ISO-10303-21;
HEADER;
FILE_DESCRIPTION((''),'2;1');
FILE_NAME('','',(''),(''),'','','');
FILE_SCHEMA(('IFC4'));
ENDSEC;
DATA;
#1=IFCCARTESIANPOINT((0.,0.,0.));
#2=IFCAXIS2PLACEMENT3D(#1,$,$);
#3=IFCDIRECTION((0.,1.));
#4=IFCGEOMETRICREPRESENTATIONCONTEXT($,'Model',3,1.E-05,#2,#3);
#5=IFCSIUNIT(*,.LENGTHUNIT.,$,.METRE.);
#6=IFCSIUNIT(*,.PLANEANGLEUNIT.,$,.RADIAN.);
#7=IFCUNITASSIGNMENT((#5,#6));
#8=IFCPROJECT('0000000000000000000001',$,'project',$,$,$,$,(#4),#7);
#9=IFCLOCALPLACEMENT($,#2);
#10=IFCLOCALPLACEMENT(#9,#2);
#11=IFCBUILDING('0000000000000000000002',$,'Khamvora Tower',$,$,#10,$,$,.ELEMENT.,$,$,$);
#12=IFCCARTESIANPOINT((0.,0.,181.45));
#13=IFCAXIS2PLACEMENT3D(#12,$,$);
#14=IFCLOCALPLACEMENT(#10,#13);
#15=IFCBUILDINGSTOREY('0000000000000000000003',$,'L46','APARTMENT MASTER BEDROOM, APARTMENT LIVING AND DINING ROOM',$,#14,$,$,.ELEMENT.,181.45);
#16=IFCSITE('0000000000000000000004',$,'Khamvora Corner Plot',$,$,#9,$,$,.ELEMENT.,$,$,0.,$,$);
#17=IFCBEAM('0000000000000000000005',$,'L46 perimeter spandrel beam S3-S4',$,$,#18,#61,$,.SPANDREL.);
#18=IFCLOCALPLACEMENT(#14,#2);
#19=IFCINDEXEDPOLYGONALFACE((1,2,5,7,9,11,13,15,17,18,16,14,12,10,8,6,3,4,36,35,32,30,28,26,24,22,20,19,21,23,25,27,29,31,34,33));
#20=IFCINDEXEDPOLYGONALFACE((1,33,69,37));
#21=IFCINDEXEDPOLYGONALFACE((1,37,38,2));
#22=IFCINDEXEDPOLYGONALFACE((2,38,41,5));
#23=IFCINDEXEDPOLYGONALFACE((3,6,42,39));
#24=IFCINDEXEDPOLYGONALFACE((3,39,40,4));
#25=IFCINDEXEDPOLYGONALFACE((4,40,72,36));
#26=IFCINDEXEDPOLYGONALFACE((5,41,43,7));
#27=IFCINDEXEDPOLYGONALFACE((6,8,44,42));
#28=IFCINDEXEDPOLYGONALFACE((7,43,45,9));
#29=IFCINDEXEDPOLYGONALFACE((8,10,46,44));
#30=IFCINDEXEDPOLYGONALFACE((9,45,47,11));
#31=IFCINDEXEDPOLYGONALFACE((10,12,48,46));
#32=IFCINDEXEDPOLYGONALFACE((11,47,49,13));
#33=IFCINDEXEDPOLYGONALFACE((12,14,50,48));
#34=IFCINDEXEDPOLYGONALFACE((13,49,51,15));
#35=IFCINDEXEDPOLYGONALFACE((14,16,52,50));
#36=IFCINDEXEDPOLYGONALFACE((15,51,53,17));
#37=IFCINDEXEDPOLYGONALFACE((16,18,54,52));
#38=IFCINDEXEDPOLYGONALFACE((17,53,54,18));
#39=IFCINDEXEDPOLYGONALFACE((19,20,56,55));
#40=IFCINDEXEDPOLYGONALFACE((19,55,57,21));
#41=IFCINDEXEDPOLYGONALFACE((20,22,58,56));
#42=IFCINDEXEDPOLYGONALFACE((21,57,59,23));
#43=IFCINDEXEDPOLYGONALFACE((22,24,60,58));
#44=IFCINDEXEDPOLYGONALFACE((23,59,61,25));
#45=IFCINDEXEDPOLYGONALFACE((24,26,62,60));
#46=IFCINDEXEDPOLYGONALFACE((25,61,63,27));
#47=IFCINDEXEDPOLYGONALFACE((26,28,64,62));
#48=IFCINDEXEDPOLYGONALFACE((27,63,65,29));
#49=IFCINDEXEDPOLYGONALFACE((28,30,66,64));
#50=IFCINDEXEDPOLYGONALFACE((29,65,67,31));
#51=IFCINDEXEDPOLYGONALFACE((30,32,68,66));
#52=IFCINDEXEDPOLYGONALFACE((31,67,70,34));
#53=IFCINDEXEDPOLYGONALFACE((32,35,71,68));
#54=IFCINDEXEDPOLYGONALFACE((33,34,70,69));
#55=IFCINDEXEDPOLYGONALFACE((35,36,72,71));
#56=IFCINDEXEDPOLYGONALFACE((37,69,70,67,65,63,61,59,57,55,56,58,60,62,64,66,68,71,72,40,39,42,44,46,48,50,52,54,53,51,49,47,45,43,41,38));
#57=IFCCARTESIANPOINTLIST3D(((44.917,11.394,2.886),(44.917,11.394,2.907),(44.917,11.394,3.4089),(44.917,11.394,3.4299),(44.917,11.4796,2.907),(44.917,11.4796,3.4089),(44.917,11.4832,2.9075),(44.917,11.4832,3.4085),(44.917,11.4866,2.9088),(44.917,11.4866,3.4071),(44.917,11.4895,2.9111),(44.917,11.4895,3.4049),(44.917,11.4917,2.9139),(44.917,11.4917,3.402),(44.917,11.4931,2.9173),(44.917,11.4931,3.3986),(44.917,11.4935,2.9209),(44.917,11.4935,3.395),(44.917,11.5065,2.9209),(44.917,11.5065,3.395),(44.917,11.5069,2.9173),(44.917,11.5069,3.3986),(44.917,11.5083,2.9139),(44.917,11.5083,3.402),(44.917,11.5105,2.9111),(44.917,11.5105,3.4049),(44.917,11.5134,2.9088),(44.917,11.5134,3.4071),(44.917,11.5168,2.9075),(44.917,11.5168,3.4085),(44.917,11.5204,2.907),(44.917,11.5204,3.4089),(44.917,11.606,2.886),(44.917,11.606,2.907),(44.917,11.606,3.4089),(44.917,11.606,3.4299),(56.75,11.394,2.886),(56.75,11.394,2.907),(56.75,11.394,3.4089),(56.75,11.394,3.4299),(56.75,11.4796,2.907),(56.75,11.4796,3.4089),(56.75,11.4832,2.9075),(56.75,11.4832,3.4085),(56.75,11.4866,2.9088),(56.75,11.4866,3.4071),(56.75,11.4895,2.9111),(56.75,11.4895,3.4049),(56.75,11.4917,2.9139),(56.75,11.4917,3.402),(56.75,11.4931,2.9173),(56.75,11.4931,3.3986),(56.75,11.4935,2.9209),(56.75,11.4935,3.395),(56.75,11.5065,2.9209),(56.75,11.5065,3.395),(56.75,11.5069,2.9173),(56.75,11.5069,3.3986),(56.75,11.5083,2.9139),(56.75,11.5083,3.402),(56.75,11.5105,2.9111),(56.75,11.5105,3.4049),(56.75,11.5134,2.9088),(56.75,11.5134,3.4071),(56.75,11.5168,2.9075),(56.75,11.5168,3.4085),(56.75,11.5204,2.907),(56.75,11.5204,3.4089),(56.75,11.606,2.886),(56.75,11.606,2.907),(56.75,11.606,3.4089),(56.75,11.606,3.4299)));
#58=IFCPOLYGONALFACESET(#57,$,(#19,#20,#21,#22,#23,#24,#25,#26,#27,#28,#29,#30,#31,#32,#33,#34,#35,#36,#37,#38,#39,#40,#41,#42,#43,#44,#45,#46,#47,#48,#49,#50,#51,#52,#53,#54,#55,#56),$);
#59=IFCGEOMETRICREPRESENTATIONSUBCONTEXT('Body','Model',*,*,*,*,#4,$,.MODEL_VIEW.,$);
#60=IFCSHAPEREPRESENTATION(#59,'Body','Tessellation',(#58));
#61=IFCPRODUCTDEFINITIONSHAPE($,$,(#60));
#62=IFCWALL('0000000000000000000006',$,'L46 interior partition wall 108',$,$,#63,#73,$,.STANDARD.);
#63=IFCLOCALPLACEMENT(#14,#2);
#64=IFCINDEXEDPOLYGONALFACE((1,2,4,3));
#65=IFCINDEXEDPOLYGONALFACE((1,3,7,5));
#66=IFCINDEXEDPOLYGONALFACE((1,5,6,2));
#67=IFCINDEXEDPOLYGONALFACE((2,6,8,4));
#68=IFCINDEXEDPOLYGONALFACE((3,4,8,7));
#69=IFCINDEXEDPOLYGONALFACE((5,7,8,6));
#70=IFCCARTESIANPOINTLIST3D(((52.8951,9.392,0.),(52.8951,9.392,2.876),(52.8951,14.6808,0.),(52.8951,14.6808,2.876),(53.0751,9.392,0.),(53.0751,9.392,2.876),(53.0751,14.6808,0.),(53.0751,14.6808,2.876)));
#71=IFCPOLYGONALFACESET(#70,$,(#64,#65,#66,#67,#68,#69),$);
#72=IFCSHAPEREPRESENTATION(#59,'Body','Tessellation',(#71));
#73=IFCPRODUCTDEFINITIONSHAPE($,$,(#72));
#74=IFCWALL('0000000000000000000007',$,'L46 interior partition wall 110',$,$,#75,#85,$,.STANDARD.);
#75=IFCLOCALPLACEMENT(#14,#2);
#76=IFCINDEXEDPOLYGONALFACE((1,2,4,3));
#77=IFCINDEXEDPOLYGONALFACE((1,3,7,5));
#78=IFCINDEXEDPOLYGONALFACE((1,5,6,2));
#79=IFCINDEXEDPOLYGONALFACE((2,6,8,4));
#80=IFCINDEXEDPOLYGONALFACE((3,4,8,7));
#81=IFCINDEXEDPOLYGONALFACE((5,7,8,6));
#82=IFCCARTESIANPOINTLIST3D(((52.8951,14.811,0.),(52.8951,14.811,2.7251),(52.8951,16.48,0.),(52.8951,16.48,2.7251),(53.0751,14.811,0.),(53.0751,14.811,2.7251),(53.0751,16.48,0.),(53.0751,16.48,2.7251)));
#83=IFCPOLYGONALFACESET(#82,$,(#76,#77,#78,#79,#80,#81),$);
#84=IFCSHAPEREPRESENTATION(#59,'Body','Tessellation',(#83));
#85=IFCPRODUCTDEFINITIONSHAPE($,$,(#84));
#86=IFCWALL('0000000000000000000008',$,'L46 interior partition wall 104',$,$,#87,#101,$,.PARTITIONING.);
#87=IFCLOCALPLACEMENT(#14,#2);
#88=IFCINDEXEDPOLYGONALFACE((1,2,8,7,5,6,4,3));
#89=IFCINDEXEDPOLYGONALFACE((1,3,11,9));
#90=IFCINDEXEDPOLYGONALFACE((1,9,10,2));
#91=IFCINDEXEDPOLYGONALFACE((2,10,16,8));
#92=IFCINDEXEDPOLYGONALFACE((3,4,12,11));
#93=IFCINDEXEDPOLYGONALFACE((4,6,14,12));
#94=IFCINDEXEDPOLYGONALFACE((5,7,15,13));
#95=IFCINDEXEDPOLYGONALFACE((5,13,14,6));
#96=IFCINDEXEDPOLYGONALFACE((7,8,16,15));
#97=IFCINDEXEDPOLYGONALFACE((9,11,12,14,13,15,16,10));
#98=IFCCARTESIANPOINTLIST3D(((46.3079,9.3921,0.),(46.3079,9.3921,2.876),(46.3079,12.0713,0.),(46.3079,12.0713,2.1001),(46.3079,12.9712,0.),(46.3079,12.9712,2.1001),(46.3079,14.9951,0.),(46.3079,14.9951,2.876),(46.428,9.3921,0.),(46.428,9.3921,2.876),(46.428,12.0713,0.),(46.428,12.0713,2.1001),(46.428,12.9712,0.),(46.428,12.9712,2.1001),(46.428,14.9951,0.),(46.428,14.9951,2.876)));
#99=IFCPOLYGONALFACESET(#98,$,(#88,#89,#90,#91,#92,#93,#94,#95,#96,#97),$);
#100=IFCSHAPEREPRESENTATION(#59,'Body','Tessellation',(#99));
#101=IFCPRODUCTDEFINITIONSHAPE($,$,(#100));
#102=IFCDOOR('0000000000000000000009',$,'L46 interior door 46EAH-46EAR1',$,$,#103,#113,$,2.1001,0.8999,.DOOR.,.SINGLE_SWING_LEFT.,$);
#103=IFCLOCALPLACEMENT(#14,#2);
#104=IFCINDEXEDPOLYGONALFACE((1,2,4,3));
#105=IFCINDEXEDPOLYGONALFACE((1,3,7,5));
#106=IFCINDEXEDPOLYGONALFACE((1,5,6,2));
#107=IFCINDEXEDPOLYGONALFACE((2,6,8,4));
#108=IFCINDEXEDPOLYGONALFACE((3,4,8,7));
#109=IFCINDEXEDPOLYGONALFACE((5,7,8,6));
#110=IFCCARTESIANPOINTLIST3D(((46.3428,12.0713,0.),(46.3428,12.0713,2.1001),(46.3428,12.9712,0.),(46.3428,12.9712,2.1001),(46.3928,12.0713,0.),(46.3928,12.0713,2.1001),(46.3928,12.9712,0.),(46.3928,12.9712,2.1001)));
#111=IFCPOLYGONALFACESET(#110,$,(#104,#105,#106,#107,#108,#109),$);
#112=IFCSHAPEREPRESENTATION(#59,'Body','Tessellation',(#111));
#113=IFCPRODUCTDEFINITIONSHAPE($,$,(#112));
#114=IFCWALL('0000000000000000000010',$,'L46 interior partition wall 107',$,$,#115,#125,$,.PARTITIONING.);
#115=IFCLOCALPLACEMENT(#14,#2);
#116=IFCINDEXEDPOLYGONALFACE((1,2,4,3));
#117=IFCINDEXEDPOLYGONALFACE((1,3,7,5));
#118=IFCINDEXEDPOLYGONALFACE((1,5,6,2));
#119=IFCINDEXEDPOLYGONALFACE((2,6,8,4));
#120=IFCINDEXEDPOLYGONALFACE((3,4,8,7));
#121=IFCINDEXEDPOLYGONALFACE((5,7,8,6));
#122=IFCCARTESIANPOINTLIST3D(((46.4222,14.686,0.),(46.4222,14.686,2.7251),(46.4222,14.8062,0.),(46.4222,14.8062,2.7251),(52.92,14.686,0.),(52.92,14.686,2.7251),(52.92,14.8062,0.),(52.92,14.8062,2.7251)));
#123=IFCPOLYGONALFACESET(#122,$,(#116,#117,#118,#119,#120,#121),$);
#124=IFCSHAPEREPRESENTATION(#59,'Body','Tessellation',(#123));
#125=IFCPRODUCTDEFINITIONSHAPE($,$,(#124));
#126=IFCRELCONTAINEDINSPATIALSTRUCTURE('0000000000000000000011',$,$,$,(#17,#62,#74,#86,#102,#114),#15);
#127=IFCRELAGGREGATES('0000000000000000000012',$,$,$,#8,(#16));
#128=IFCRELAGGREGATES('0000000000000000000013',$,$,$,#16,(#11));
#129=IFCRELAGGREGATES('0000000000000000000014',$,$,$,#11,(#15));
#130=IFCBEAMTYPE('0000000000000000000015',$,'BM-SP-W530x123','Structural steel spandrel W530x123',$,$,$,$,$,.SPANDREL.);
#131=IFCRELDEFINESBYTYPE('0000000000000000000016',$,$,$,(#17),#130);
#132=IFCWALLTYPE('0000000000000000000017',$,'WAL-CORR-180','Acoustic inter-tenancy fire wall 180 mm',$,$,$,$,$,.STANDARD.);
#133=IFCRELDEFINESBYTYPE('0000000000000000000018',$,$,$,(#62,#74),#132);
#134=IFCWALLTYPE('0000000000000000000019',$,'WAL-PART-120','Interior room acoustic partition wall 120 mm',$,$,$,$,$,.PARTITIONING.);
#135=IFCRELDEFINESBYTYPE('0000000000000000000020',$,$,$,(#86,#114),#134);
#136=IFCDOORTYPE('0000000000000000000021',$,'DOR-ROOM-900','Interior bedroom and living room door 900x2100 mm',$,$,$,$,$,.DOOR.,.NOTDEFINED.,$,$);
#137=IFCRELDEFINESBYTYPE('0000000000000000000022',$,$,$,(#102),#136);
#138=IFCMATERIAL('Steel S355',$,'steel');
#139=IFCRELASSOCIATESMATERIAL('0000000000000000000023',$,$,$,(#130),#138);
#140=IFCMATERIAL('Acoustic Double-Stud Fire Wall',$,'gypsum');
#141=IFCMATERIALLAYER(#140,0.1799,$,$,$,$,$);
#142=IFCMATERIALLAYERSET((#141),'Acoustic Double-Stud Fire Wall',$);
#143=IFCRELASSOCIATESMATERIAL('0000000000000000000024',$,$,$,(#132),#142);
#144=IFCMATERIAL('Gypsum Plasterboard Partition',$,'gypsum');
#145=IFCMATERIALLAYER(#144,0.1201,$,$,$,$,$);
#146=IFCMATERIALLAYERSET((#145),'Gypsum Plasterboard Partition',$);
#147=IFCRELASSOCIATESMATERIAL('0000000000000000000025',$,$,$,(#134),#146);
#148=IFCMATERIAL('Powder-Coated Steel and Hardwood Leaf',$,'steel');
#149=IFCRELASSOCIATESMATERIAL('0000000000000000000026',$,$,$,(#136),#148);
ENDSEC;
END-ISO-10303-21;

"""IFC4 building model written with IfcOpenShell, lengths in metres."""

from ifc_helpers import new_model, si_unit, direction, frame, frame_2d, origin, origin_2d, place, context, subcontext, project, spatial, rectangle, i_section, extrude, material, layer, layer_set, material_profile, profile_set, type_object, element, fill, save


model = new_model("IFC4")

# Units and contexts
model_context = context("Model", 3, precision=1e-05, world=origin(), true_north=direction((0.0, 1.0)))
body_context = subcontext(model_context, "Body", "Model", "MODEL_VIEW")
ifc_project = project(units=[si_unit("LENGTHUNIT", "METRE"), si_unit("PLANEANGLEUNIT", "RADIAN")], contexts=[model_context])

# Site, building, storey
site_placement = place(None, origin())
site = spatial("IfcSite", under=ifc_project, at=site_placement, Name="Khamvora Corner Plot", CompositionType="ELEMENT", RefElevation=0.0)
building_placement = place(site_placement, origin())
building = spatial("IfcBuilding", under=site, at=building_placement, Name="Khamvora Tower", CompositionType="ELEMENT")
storey_placement = place(building_placement, frame((0.0, 0.0, 181.45)))
storey = spatial("IfcBuildingStorey", under=building, at=storey_placement, Name="L46", Description="APARTMENT MASTER BEDROOM, APARTMENT LIVING AND DINING ROOM", CompositionType="ELEMENT", Elevation=181.45)

# Shared definitions
ifc_material_1 = material(Name="Steel S355", Category="steel")

# Beam
ifc_material_profile_1 = material_profile(ifc_material_1, i_section(OverallWidth=0.2119, OverallDepth=0.5439, WebThickness=0.0129, FlangeThickness=0.021, FilletRadius=0.0139, at=origin_2d()), Name="W530x123")
ifc_profile_set_1 = profile_set([ifc_material_profile_1], Name="Steel S355")
beam_type_1 = type_object("IfcBeamType", Name="BM-SP-W530x123", Description="Structural steel spandrel W530x123", PredefinedType="SPANDREL", material=ifc_profile_set_1)
beam_1_placement = place(storey_placement, frame((44.917, 11.5, 3.158), z_axis=(1.0, 0.0, 0.0), x_axis=(0.0, 1.0, 0.0)))
element("IfcBeam", 1, at=beam_1_placement, inside=storey, type_object=beam_type_1, Name="L46 perimeter spandrel beam S3-S4", PredefinedType="SPANDREL", context=body_context, shape_type="SweptSolid", body=[
    extrude(i_section(OverallWidth=0.2119, OverallDepth=0.5439, WebThickness=0.0129, FlangeThickness=0.021, FilletRadius=0.0139, at=origin_2d()), origin(), (0.0, 0.0, 1.0), 11.833),
])

# Walls
ifc_material_2 = material(Name="Acoustic Double-Stud Fire Wall", Category="gypsum")
ifc_layer_1 = layer(ifc_material_2, 0.1799)
ifc_layer_set_1 = layer_set([ifc_layer_1], Name="Acoustic Double-Stud Fire Wall")
wall_type_1 = type_object("IfcWallType", Name="WAL-CORR-180", Description="Acoustic inter-tenancy fire wall 180 mm", PredefinedType="STANDARD", material=ifc_layer_set_1)
wall_1_placement = place(storey_placement, frame((52.9851, 14.6809, 0.0), z_axis=(0.0, 0.0, 1.0), x_axis=(0.0, -1.0, 0.0)))
element("IfcWall", 2, at=wall_1_placement, inside=storey, type_object=wall_type_1, Name="L46 interior partition wall 108", PredefinedType="STANDARD", context=body_context, shape_type="SweptSolid", body=[
    extrude(rectangle(XDim=5.2888, YDim=0.1799, at=frame_2d((2.6445, 0.0))), origin(), (0.0, 0.0, 1.0), 2.876),
])
wall_2_placement = place(storey_placement, frame((52.9851, 16.48, 0.0), z_axis=(0.0, 0.0, 1.0), x_axis=(0.0, -1.0, 0.0)))
element("IfcWall", 3, at=wall_2_placement, inside=storey, type_object=wall_type_1, Name="L46 interior partition wall 110", PredefinedType="STANDARD", context=body_context, shape_type="SweptSolid", body=[
    extrude(rectangle(XDim=1.6689, YDim=0.1799, at=frame_2d((0.8345, 0.0))), origin(), (0.0, 0.0, 1.0), 2.7251),
])

# Wall, opening, door
ifc_material_3 = material(Name="Gypsum Plasterboard Partition", Category="gypsum")
ifc_layer_2 = layer(ifc_material_3, 0.1201)
ifc_layer_set_2 = layer_set([ifc_layer_2], Name="Gypsum Plasterboard Partition")
wall_type_2 = type_object("IfcWallType", Name="WAL-PART-120", Description="Interior room acoustic partition wall 120 mm", PredefinedType="PARTITIONING", material=ifc_layer_set_2)
wall_3_placement = place(storey_placement, frame((46.3679, 14.9951, 0.0), z_axis=(0.0, 0.0, 1.0), x_axis=(0.0, -1.0, 0.0)))
wall_3 = element("IfcWall", 4, at=wall_3_placement, inside=storey, type_object=wall_type_2, Name="L46 interior partition wall 104", PredefinedType="PARTITIONING", context=body_context, shape_type="SweptSolid", body=[
    extrude(rectangle(XDim=5.603, YDim=0.1201, at=frame_2d((2.8015, 0.0))), origin(), (0.0, 0.0, 1.0), 2.876),
])
opening_placement = place(wall_3_placement, frame((2.0239, 0.0, 0.0)))
opening = element("IfcOpeningElement", 5, at=opening_placement, cuts=wall_3, PredefinedType="OPENING", context=body_context, shape_type="SweptSolid", body=[
    extrude(rectangle(XDim=0.8999, YDim=2.1001, at=frame_2d((0.45, 1.05))), frame((0.0, 0.0701, 0.0), z_axis=(0.0, -1.0, 0.0), x_axis=(1.0, 0.0, 0.0)), (0.0, 0.0, 1.0), 0.1401),
])
ifc_material_4 = material(Name="Powder-Coated Steel and Hardwood Leaf", Category="steel")
door_type = type_object("IfcDoorType", Name="DOR-ROOM-900", Description="Interior bedroom and living room door 900x2100 mm", OperationType="NOTDEFINED", PredefinedType="DOOR", material=ifc_material_4)
door_placement = place(opening_placement, origin())
door = element("IfcDoor", 6, at=door_placement, inside=storey, type_object=door_type, Name="L46 interior door 46EAH-46EAR1", OperationType="SINGLE_SWING_LEFT", OverallHeight=2.1001, OverallWidth=0.8999, PredefinedType="DOOR", context=body_context, shape_type="SweptSolid", body=[
    extrude(rectangle(XDim=0.8999, YDim=2.1001, at=frame_2d((0.45, 1.05))), frame((0.0, 0.0249, 0.0), z_axis=(0.0, -1.0, 0.0), x_axis=(1.0, 0.0, 0.0)), (0.0, 0.0, 1.0), 0.05),
])
fill(opening, door)

# Wall
wall_4_placement = place(storey_placement, frame((46.4221, 14.7461, 0.0), z_axis=(0.0, 0.0, 1.0), x_axis=(1.0, 0.0, 0.0)))
element("IfcWall", 7, at=wall_4_placement, inside=storey, type_object=wall_type_2, Name="L46 interior partition wall 107", PredefinedType="PARTITIONING", context=body_context, shape_type="SweptSolid", body=[
    extrude(rectangle(XDim=6.4978, YDim=0.1201, at=frame_2d((3.249, 0.0))), origin(), (0.0, 0.0, 1.0), 2.7251),
])

save(model, "model.ifc")
